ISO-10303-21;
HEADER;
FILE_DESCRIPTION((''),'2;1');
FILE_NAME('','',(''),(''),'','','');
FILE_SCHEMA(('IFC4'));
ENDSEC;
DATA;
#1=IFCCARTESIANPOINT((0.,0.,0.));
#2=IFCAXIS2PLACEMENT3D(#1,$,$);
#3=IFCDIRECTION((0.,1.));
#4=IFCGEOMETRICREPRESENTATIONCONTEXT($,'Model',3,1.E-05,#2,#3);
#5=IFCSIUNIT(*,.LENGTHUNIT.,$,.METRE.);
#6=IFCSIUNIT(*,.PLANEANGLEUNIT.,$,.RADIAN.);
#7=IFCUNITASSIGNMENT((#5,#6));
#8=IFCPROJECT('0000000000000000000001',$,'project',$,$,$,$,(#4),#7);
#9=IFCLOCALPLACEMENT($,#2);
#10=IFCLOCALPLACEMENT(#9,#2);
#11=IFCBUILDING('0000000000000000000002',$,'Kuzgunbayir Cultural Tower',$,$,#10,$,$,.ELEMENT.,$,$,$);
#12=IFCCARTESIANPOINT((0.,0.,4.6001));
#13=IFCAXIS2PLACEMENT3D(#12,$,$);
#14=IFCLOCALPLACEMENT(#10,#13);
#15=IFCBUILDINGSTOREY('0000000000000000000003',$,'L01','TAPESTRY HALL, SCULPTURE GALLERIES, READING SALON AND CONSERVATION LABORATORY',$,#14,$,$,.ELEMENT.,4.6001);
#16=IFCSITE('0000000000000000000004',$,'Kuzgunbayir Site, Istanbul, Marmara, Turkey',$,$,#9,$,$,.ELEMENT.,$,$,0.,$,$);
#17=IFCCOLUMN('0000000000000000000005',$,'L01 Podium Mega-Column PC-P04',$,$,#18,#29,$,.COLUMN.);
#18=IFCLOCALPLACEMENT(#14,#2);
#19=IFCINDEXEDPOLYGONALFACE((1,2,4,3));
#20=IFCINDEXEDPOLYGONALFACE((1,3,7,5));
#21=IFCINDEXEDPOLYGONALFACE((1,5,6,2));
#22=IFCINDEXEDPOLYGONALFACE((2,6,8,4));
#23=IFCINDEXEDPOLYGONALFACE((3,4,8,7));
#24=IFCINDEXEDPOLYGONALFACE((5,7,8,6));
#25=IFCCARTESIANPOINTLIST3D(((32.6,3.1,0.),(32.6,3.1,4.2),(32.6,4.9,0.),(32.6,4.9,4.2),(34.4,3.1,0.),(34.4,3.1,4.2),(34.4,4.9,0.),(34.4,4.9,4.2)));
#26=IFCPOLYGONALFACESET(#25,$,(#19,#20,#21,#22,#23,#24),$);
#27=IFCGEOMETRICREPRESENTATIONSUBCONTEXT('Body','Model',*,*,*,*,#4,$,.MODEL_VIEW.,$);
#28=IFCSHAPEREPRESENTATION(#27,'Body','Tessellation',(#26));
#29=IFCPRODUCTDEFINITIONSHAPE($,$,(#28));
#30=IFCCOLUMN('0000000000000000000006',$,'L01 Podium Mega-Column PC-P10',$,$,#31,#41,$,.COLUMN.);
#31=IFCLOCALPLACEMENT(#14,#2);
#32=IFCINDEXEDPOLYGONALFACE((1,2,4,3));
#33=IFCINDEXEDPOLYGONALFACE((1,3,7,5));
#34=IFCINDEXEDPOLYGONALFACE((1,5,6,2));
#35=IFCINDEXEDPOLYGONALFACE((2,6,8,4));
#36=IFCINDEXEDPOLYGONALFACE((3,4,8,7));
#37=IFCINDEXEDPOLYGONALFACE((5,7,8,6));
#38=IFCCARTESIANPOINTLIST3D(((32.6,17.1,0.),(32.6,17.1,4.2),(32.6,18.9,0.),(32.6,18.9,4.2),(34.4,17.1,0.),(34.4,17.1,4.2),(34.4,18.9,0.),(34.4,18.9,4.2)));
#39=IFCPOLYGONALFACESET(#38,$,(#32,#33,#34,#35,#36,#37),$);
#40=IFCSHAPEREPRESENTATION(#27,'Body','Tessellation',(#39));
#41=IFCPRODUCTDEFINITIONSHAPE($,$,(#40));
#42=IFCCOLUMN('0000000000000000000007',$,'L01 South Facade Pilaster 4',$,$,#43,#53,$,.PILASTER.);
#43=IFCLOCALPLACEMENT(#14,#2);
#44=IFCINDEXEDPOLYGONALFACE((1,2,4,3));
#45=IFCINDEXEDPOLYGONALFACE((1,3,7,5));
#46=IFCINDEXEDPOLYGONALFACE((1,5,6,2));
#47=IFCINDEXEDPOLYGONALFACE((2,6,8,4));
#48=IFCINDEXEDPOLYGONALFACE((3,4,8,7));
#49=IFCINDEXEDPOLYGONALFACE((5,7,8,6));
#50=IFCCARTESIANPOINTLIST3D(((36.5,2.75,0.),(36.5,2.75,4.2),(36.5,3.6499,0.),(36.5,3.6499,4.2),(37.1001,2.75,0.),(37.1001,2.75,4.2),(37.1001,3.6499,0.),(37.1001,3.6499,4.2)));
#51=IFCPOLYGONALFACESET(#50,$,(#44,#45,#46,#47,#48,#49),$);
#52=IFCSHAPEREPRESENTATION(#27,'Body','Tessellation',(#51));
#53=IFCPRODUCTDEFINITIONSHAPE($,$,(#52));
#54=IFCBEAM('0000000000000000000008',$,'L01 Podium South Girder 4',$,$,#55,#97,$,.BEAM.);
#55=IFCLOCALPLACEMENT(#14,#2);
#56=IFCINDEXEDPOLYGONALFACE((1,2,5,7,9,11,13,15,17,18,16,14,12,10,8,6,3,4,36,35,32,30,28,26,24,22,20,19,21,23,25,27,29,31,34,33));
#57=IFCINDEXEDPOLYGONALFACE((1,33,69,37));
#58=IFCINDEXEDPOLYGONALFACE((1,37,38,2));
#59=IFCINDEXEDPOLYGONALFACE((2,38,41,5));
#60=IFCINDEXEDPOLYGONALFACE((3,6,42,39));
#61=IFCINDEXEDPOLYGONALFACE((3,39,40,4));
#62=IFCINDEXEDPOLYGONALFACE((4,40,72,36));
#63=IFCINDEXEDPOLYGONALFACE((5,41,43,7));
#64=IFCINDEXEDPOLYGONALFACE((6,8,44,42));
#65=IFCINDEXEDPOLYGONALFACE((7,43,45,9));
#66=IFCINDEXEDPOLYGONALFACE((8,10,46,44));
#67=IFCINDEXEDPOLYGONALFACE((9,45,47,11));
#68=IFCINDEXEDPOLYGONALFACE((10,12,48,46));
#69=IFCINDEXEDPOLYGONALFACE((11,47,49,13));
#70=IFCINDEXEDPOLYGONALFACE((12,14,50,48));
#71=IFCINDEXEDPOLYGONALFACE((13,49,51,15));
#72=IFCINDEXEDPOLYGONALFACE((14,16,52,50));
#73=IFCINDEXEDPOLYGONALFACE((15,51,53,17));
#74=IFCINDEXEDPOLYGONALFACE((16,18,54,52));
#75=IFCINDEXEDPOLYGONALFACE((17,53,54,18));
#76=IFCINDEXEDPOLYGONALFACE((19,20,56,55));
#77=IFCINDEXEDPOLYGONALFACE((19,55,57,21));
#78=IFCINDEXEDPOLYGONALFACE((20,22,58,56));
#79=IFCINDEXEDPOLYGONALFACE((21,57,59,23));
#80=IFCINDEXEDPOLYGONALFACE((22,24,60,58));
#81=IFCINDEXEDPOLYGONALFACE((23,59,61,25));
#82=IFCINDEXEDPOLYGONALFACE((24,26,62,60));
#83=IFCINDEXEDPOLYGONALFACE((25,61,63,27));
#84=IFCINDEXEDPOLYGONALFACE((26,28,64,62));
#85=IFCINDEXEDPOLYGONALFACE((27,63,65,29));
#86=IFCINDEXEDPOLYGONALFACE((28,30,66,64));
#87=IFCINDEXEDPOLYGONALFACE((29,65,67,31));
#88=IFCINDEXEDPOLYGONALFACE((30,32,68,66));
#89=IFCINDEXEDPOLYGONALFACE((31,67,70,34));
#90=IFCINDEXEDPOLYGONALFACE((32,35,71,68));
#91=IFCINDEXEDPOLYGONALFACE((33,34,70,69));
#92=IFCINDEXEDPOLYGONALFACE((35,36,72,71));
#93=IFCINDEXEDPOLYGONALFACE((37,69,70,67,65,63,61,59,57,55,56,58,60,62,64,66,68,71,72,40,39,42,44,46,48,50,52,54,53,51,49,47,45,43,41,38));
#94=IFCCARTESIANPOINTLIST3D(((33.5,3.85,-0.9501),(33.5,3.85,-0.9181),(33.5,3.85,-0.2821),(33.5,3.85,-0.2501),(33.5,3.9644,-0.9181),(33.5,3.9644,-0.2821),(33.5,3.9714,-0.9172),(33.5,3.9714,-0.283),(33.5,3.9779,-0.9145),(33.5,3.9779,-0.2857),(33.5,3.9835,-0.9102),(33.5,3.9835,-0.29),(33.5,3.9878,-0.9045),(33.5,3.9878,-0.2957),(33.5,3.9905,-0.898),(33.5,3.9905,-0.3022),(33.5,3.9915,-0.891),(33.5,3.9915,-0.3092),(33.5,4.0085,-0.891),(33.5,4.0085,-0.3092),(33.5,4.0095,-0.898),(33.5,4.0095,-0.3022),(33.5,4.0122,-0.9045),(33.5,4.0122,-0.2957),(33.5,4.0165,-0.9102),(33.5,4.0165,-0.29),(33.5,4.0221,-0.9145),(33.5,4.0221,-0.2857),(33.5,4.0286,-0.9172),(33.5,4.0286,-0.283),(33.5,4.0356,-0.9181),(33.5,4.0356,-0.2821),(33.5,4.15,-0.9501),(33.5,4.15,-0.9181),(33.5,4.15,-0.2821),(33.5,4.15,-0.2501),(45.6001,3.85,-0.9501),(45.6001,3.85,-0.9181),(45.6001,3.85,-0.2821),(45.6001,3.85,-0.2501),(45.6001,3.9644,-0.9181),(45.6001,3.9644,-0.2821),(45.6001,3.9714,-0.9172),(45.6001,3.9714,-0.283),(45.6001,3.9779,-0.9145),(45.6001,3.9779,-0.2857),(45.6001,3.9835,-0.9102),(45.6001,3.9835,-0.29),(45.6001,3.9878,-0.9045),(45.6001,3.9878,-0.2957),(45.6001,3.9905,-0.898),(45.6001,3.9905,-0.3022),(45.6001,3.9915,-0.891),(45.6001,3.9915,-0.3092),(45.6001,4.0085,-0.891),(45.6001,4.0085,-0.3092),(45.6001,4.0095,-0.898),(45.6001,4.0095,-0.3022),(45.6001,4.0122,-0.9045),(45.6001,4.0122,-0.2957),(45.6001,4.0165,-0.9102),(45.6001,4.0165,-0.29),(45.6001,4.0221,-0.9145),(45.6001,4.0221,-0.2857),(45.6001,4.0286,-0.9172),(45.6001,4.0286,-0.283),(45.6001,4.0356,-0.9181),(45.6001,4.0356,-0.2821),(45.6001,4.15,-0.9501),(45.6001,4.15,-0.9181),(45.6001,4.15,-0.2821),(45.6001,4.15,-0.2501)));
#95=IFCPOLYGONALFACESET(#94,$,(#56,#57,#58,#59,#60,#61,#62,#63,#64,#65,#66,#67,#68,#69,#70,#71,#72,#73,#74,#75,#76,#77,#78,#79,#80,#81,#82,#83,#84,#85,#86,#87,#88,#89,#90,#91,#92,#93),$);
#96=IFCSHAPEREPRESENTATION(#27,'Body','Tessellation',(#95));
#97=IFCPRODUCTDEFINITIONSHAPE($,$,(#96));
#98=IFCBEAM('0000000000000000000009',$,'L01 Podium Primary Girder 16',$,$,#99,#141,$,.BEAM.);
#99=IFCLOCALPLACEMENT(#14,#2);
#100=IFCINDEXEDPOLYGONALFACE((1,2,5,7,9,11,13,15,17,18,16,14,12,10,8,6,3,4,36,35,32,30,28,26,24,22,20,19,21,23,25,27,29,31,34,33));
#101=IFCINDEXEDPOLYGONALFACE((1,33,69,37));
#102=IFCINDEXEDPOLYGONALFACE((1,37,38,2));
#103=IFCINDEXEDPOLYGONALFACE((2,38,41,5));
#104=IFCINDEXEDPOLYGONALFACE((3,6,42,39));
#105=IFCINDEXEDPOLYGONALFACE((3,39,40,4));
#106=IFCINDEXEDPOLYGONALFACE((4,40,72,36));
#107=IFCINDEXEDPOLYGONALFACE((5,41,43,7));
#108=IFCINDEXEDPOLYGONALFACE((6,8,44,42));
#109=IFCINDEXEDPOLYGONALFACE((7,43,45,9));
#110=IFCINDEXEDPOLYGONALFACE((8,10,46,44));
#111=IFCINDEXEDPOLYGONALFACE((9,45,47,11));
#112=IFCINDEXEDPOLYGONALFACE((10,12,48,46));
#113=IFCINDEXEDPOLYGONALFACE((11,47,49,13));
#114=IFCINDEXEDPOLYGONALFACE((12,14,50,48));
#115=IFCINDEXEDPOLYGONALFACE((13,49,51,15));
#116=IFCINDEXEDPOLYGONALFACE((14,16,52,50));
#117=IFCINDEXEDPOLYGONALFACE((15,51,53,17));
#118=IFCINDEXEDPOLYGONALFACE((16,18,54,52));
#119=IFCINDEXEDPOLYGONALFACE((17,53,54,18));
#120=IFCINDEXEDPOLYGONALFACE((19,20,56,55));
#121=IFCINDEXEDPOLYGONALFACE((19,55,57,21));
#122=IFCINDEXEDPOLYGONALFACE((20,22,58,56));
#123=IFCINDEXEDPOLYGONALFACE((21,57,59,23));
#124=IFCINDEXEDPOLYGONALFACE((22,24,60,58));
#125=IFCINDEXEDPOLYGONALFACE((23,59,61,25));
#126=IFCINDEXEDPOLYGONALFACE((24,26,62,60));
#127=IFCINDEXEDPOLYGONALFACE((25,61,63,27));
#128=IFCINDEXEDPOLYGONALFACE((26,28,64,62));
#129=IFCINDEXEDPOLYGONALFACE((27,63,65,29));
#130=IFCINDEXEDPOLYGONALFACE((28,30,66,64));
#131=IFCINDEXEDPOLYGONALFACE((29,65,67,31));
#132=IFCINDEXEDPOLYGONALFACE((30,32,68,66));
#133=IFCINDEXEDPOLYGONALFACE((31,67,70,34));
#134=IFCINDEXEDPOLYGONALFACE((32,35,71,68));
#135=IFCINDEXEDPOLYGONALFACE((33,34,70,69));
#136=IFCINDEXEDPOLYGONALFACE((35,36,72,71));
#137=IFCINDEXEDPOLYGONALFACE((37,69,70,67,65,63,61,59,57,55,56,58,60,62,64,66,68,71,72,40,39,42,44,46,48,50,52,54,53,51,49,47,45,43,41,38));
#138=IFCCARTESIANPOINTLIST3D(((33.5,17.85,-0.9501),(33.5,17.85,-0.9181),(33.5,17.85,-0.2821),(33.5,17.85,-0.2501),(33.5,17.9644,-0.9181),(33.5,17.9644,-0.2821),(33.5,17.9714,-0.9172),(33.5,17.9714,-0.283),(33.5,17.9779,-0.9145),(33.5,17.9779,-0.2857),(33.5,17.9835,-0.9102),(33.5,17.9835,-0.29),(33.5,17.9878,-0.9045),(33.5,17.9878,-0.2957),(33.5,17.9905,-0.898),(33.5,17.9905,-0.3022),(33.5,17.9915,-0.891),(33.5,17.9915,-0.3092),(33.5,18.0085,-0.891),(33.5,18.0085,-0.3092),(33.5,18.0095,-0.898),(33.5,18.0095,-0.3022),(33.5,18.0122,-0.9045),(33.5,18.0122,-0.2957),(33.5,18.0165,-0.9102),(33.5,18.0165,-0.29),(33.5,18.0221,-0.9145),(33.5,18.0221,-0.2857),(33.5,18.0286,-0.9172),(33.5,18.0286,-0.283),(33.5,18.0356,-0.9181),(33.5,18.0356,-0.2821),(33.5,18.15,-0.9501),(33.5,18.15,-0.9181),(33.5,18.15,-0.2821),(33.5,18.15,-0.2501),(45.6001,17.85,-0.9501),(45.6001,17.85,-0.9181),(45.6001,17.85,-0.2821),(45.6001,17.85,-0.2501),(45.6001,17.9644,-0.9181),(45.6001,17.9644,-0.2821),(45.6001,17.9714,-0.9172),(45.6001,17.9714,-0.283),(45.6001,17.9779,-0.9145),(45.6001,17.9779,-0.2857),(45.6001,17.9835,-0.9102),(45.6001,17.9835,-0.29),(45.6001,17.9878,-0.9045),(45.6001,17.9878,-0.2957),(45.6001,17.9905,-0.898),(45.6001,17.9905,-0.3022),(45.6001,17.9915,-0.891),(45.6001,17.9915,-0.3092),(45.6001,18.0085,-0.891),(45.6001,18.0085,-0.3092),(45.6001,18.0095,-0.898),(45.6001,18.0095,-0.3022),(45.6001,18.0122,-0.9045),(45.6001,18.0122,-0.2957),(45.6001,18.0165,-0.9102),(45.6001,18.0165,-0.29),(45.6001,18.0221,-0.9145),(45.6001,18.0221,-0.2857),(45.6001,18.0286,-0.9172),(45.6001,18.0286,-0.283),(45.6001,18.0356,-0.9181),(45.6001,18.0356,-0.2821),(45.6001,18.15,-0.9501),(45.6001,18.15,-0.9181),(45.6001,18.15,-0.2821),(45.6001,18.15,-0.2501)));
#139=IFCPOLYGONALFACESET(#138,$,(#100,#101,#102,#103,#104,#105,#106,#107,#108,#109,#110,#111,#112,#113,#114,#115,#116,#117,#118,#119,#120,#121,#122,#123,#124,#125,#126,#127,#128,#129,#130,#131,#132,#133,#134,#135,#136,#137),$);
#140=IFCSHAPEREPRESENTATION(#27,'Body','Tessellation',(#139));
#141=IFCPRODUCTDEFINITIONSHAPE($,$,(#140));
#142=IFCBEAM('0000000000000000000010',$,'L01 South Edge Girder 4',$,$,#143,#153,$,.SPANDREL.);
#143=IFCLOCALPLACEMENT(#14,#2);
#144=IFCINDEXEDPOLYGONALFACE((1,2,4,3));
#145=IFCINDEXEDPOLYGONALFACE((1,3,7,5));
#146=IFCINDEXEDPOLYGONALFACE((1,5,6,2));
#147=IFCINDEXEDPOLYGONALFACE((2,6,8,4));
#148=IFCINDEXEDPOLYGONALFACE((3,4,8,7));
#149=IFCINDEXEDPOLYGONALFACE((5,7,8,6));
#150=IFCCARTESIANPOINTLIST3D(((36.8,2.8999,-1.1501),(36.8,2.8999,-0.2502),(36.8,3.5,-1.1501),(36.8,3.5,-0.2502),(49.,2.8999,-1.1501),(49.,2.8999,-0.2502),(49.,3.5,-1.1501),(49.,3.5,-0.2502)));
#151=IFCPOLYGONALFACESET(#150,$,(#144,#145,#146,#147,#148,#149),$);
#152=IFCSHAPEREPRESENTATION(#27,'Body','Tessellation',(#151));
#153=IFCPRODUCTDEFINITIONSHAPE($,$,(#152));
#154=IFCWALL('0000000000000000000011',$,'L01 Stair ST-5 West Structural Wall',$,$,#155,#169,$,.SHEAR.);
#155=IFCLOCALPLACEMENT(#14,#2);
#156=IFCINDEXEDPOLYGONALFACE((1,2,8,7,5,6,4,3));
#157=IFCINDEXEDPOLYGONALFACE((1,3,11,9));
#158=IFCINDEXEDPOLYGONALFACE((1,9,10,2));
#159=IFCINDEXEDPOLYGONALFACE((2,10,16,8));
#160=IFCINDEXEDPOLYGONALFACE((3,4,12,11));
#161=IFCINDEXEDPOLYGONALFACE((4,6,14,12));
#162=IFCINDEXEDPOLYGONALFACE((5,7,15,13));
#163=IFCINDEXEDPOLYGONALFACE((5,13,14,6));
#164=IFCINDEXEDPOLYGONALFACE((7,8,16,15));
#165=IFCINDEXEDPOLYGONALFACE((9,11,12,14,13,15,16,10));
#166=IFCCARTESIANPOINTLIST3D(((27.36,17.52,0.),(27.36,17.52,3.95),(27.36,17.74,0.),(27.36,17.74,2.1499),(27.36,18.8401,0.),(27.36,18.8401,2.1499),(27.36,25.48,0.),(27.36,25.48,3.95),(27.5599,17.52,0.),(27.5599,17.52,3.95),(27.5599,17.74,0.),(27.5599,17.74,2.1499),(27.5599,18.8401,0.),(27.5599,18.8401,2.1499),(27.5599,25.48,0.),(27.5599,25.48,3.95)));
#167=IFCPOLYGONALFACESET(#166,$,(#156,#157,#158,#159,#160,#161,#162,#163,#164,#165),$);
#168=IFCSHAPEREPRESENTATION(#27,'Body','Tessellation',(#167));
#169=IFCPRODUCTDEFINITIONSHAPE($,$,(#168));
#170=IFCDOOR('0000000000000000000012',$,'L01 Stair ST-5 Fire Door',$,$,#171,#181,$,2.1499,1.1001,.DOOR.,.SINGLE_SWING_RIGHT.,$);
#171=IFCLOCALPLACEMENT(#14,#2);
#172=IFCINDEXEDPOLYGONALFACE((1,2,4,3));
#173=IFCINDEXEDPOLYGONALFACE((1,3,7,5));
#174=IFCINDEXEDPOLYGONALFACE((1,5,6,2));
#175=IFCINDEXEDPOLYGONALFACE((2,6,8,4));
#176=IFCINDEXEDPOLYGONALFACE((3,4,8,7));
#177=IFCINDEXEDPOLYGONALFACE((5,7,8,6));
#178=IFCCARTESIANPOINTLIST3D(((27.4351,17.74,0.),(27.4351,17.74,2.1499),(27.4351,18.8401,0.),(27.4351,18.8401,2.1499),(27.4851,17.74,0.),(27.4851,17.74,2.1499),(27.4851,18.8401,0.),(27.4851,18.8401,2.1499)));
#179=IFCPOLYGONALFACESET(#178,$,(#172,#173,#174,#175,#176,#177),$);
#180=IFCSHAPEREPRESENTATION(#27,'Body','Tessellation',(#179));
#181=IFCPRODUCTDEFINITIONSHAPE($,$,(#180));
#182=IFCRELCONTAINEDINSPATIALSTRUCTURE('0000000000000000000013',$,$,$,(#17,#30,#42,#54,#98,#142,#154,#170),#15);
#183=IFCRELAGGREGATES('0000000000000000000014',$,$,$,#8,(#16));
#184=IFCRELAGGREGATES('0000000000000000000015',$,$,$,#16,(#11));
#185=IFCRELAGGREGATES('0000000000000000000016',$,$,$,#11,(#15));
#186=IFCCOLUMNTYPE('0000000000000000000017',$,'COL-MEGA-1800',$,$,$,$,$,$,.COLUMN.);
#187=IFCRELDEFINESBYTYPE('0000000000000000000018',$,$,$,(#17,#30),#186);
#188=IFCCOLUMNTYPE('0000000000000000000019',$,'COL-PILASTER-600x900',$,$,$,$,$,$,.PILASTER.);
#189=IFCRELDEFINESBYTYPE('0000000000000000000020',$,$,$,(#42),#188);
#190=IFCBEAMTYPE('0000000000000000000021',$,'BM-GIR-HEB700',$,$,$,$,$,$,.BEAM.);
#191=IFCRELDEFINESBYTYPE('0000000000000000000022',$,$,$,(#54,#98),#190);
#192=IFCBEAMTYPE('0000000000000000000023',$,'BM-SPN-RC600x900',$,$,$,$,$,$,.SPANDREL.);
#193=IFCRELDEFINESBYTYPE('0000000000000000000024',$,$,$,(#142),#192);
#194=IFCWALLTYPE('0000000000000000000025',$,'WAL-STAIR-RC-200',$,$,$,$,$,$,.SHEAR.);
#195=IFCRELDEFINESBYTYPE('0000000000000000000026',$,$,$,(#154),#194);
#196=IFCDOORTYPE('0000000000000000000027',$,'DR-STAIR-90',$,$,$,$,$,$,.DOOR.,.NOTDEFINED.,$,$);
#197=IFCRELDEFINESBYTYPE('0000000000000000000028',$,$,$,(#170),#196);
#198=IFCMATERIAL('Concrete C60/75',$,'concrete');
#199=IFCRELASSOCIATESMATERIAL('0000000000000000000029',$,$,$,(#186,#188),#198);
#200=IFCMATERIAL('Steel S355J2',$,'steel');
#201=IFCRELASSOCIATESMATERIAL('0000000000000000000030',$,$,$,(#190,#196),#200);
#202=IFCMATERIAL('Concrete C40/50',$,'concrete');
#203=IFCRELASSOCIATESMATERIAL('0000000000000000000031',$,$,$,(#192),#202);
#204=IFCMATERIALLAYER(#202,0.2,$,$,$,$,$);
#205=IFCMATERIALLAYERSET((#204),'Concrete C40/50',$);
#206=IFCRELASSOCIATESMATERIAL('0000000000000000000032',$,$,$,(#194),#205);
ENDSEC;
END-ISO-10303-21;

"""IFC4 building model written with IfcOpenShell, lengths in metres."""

from ifc_helpers import new_model, si_unit, direction, frame, frame_2d, origin, origin_2d, place, context, subcontext, project, spatial, rectangle, i_section, extrude, material, layer, layer_set, material_profile, profile_set, type_object, element, fill, save


model = new_model("IFC4")

# Units and contexts
model_context = context("Model", 3, precision=1e-05, world=origin(), true_north=direction((0.0, 1.0)))
body_context = subcontext(model_context, "Body", "Model", "MODEL_VIEW")
ifc_project = project(units=[si_unit("LENGTHUNIT", "METRE"), si_unit("PLANEANGLEUNIT", "RADIAN")], contexts=[model_context])

# Site, building, storey
site_placement = place(None, origin())
site = spatial("IfcSite", under=ifc_project, at=site_placement, Name="Kuzgunbayir Site, Istanbul, Marmara, Turkey", CompositionType="ELEMENT", RefElevation=0.0)
building_placement = place(site_placement, origin())
building = spatial("IfcBuilding", under=site, at=building_placement, Name="Kuzgunbayir Cultural Tower", CompositionType="ELEMENT")
storey_placement = place(building_placement, frame((0.0, 0.0, 4.6001)))
storey = spatial("IfcBuildingStorey", under=building, at=storey_placement, Name="L01", Description="TAPESTRY HALL, SCULPTURE GALLERIES, READING SALON AND CONSERVATION LABORATORY", CompositionType="ELEMENT", Elevation=4.6001)

# Columns
ifc_material_1 = material(Name="Concrete C60/75", Category="concrete")
ifc_material_profile_1 = material_profile(ifc_material_1, rectangle(XDim=1.8, YDim=1.8, at=origin_2d()), Name="RC 1800x1800")
ifc_profile_set_1 = profile_set([ifc_material_profile_1], Name="Concrete C60/75")
column_type_1 = type_object("IfcColumnType", Name="COL-MEGA-1800", PredefinedType="COLUMN", material=ifc_profile_set_1)
for number, where, z_axis, x_axis, name in (
    (1, (33.5, 4.0, 0.0), (0.0, 0.0, 1.0), (1.0, 0.0, 0.0), "L01 Podium Mega-Column PC-P04"),
    (2, (33.5, 18.0, 0.0), (0.0, 0.0, 1.0), (1.0, 0.0, 0.0), "L01 Podium Mega-Column PC-P10"),
):
    element("IfcColumn", number, at=place(storey_placement, frame(where, z_axis=z_axis, x_axis=x_axis)), inside=storey, type_object=column_type_1, Name=name, PredefinedType="COLUMN", context=body_context, shape_type="SweptSolid", body=[
        extrude(rectangle(XDim=1.8, YDim=1.8, at=origin_2d()), origin(), (0.0, 0.0, 1.0), 4.2),
    ])
ifc_material_profile_2 = material_profile(ifc_material_1, rectangle(XDim=0.6001, YDim=0.8999, at=origin_2d()), Name="RC 600x900")
ifc_profile_set_2 = profile_set([ifc_material_profile_2], Name="Concrete C60/75")
column_type_2 = type_object("IfcColumnType", Name="COL-PILASTER-600x900", PredefinedType="PILASTER", material=ifc_profile_set_2)
column_placement = place(storey_placement, frame((36.8, 3.2, 0.0), z_axis=(0.0, 0.0, 1.0), x_axis=(1.0, 0.0, 0.0)))
element("IfcColumn", 3, at=column_placement, inside=storey, type_object=column_type_2, Name="L01 South Facade Pilaster 4", PredefinedType="PILASTER", context=body_context, shape_type="SweptSolid", body=[
    extrude(rectangle(XDim=0.6001, YDim=0.8999, at=origin_2d()), origin(), (0.0, 0.0, 1.0), 4.2),
])

# Beams
ifc_material_2 = material(Name="Steel S355J2", Category="steel")
ifc_material_profile_3 = material_profile(ifc_material_2, i_section(OverallWidth=0.3, OverallDepth=0.7, WebThickness=0.0171, FlangeThickness=0.032, FilletRadius=0.0271, at=origin_2d()), Name="HEB 700")
ifc_profile_set_3 = profile_set([ifc_material_profile_3], Name="Steel S355J2")
beam_type_1 = type_object("IfcBeamType", Name="BM-GIR-HEB700", PredefinedType="BEAM", material=ifc_profile_set_3)
for number, where, z_axis, x_axis, name in (
    (4, (33.5, 4.0, -0.6001), (1.0, 0.0, 0.0), (0.0, 1.0, 0.0), "L01 Podium South Girder 4"),
    (5, (33.5, 18.0, -0.6001), (1.0, 0.0, 0.0), (0.0, 1.0, 0.0), "L01 Podium Primary Girder 16"),
):
    element("IfcBeam", number, at=place(storey_placement, frame(where, z_axis=z_axis, x_axis=x_axis)), inside=storey, type_object=beam_type_1, Name=name, PredefinedType="BEAM", context=body_context, shape_type="SweptSolid", body=[
        extrude(i_section(OverallWidth=0.3, OverallDepth=0.7, WebThickness=0.0171, FlangeThickness=0.032, FilletRadius=0.0271, at=origin_2d()), origin(), (0.0, 0.0, 1.0), 12.1001),
    ])
ifc_material_3 = material(Name="Concrete C40/50", Category="concrete")
ifc_material_profile_4 = material_profile(ifc_material_3, rectangle(XDim=0.6001, YDim=0.8999, at=origin_2d()), Name="RC 600x900")
ifc_profile_set_4 = profile_set([ifc_material_profile_4], Name="Concrete C40/50")
beam_type_2 = type_object("IfcBeamType", Name="BM-SPN-RC600x900", PredefinedType="SPANDREL", material=ifc_profile_set_4)
beam_placement = place(storey_placement, frame((36.8, 3.2, -0.7002), z_axis=(1.0, 0.0, 0.0), x_axis=(0.0, 1.0, 0.0)))
element("IfcBeam", 6, at=beam_placement, inside=storey, type_object=beam_type_2, Name="L01 South Edge Girder 4", PredefinedType="SPANDREL", context=body_context, shape_type="SweptSolid", body=[
    extrude(rectangle(XDim=0.6001, YDim=0.8999, at=origin_2d()), origin(), (0.0, 0.0, 1.0), 12.2),
])

# Wall, opening, door
ifc_layer_1 = layer(ifc_material_3, 0.2)
ifc_layer_set_1 = layer_set([ifc_layer_1], Name="Concrete C40/50")
wall_type = type_object("IfcWallType", Name="WAL-STAIR-RC-200", PredefinedType="SHEAR", material=ifc_layer_set_1)
wall_1_placement = place(storey_placement, frame((27.46, 17.52, 0.0), z_axis=(0.0, 0.0, 1.0), x_axis=(0.0, 1.0, 0.0)))
wall_1 = element("IfcWall", 7, at=wall_1_placement, inside=storey, type_object=wall_type, Name="L01 Stair ST-5 West Structural Wall", PredefinedType="SHEAR", context=body_context, shape_type="SweptSolid", body=[
    extrude(rectangle(XDim=7.96, YDim=0.2, at=frame_2d((3.98, 0.0))), origin(), (0.0, 0.0, 1.0), 3.95),
])
opening_placement = place(wall_1_placement, frame((0.22, 0.0, 0.0)))
opening = element("IfcOpeningElement", 8, at=opening_placement, cuts=wall_1, PredefinedType="OPENING", context=body_context, shape_type="SweptSolid", body=[
    extrude(rectangle(XDim=1.1001, YDim=2.1499, at=frame_2d((0.55, 1.075))), frame((0.0, 0.1099, 0.0), z_axis=(0.0, -1.0, 0.0), x_axis=(1.0, 0.0, 0.0)), (0.0, 0.0, 1.0), 0.22),
])
door_type = type_object("IfcDoorType", Name="DR-STAIR-90", OperationType="NOTDEFINED", PredefinedType="DOOR", material=ifc_material_2)
door_placement = place(opening_placement, origin())
door = element("IfcDoor", 9, at=door_placement, inside=storey, type_object=door_type, Name="L01 Stair ST-5 Fire Door", OperationType="SINGLE_SWING_RIGHT", OverallHeight=2.1499, OverallWidth=1.1001, PredefinedType="DOOR", context=body_context, shape_type="SweptSolid", body=[
    extrude(rectangle(XDim=1.1001, YDim=2.1499, at=frame_2d((0.55, 1.075))), frame((0.0, 0.0249, 0.0), z_axis=(0.0, -1.0, 0.0), x_axis=(1.0, 0.0, 0.0)), (0.0, 0.0, 1.0), 0.05),
])
fill(opening, door)

save(model, "model.ifc")
